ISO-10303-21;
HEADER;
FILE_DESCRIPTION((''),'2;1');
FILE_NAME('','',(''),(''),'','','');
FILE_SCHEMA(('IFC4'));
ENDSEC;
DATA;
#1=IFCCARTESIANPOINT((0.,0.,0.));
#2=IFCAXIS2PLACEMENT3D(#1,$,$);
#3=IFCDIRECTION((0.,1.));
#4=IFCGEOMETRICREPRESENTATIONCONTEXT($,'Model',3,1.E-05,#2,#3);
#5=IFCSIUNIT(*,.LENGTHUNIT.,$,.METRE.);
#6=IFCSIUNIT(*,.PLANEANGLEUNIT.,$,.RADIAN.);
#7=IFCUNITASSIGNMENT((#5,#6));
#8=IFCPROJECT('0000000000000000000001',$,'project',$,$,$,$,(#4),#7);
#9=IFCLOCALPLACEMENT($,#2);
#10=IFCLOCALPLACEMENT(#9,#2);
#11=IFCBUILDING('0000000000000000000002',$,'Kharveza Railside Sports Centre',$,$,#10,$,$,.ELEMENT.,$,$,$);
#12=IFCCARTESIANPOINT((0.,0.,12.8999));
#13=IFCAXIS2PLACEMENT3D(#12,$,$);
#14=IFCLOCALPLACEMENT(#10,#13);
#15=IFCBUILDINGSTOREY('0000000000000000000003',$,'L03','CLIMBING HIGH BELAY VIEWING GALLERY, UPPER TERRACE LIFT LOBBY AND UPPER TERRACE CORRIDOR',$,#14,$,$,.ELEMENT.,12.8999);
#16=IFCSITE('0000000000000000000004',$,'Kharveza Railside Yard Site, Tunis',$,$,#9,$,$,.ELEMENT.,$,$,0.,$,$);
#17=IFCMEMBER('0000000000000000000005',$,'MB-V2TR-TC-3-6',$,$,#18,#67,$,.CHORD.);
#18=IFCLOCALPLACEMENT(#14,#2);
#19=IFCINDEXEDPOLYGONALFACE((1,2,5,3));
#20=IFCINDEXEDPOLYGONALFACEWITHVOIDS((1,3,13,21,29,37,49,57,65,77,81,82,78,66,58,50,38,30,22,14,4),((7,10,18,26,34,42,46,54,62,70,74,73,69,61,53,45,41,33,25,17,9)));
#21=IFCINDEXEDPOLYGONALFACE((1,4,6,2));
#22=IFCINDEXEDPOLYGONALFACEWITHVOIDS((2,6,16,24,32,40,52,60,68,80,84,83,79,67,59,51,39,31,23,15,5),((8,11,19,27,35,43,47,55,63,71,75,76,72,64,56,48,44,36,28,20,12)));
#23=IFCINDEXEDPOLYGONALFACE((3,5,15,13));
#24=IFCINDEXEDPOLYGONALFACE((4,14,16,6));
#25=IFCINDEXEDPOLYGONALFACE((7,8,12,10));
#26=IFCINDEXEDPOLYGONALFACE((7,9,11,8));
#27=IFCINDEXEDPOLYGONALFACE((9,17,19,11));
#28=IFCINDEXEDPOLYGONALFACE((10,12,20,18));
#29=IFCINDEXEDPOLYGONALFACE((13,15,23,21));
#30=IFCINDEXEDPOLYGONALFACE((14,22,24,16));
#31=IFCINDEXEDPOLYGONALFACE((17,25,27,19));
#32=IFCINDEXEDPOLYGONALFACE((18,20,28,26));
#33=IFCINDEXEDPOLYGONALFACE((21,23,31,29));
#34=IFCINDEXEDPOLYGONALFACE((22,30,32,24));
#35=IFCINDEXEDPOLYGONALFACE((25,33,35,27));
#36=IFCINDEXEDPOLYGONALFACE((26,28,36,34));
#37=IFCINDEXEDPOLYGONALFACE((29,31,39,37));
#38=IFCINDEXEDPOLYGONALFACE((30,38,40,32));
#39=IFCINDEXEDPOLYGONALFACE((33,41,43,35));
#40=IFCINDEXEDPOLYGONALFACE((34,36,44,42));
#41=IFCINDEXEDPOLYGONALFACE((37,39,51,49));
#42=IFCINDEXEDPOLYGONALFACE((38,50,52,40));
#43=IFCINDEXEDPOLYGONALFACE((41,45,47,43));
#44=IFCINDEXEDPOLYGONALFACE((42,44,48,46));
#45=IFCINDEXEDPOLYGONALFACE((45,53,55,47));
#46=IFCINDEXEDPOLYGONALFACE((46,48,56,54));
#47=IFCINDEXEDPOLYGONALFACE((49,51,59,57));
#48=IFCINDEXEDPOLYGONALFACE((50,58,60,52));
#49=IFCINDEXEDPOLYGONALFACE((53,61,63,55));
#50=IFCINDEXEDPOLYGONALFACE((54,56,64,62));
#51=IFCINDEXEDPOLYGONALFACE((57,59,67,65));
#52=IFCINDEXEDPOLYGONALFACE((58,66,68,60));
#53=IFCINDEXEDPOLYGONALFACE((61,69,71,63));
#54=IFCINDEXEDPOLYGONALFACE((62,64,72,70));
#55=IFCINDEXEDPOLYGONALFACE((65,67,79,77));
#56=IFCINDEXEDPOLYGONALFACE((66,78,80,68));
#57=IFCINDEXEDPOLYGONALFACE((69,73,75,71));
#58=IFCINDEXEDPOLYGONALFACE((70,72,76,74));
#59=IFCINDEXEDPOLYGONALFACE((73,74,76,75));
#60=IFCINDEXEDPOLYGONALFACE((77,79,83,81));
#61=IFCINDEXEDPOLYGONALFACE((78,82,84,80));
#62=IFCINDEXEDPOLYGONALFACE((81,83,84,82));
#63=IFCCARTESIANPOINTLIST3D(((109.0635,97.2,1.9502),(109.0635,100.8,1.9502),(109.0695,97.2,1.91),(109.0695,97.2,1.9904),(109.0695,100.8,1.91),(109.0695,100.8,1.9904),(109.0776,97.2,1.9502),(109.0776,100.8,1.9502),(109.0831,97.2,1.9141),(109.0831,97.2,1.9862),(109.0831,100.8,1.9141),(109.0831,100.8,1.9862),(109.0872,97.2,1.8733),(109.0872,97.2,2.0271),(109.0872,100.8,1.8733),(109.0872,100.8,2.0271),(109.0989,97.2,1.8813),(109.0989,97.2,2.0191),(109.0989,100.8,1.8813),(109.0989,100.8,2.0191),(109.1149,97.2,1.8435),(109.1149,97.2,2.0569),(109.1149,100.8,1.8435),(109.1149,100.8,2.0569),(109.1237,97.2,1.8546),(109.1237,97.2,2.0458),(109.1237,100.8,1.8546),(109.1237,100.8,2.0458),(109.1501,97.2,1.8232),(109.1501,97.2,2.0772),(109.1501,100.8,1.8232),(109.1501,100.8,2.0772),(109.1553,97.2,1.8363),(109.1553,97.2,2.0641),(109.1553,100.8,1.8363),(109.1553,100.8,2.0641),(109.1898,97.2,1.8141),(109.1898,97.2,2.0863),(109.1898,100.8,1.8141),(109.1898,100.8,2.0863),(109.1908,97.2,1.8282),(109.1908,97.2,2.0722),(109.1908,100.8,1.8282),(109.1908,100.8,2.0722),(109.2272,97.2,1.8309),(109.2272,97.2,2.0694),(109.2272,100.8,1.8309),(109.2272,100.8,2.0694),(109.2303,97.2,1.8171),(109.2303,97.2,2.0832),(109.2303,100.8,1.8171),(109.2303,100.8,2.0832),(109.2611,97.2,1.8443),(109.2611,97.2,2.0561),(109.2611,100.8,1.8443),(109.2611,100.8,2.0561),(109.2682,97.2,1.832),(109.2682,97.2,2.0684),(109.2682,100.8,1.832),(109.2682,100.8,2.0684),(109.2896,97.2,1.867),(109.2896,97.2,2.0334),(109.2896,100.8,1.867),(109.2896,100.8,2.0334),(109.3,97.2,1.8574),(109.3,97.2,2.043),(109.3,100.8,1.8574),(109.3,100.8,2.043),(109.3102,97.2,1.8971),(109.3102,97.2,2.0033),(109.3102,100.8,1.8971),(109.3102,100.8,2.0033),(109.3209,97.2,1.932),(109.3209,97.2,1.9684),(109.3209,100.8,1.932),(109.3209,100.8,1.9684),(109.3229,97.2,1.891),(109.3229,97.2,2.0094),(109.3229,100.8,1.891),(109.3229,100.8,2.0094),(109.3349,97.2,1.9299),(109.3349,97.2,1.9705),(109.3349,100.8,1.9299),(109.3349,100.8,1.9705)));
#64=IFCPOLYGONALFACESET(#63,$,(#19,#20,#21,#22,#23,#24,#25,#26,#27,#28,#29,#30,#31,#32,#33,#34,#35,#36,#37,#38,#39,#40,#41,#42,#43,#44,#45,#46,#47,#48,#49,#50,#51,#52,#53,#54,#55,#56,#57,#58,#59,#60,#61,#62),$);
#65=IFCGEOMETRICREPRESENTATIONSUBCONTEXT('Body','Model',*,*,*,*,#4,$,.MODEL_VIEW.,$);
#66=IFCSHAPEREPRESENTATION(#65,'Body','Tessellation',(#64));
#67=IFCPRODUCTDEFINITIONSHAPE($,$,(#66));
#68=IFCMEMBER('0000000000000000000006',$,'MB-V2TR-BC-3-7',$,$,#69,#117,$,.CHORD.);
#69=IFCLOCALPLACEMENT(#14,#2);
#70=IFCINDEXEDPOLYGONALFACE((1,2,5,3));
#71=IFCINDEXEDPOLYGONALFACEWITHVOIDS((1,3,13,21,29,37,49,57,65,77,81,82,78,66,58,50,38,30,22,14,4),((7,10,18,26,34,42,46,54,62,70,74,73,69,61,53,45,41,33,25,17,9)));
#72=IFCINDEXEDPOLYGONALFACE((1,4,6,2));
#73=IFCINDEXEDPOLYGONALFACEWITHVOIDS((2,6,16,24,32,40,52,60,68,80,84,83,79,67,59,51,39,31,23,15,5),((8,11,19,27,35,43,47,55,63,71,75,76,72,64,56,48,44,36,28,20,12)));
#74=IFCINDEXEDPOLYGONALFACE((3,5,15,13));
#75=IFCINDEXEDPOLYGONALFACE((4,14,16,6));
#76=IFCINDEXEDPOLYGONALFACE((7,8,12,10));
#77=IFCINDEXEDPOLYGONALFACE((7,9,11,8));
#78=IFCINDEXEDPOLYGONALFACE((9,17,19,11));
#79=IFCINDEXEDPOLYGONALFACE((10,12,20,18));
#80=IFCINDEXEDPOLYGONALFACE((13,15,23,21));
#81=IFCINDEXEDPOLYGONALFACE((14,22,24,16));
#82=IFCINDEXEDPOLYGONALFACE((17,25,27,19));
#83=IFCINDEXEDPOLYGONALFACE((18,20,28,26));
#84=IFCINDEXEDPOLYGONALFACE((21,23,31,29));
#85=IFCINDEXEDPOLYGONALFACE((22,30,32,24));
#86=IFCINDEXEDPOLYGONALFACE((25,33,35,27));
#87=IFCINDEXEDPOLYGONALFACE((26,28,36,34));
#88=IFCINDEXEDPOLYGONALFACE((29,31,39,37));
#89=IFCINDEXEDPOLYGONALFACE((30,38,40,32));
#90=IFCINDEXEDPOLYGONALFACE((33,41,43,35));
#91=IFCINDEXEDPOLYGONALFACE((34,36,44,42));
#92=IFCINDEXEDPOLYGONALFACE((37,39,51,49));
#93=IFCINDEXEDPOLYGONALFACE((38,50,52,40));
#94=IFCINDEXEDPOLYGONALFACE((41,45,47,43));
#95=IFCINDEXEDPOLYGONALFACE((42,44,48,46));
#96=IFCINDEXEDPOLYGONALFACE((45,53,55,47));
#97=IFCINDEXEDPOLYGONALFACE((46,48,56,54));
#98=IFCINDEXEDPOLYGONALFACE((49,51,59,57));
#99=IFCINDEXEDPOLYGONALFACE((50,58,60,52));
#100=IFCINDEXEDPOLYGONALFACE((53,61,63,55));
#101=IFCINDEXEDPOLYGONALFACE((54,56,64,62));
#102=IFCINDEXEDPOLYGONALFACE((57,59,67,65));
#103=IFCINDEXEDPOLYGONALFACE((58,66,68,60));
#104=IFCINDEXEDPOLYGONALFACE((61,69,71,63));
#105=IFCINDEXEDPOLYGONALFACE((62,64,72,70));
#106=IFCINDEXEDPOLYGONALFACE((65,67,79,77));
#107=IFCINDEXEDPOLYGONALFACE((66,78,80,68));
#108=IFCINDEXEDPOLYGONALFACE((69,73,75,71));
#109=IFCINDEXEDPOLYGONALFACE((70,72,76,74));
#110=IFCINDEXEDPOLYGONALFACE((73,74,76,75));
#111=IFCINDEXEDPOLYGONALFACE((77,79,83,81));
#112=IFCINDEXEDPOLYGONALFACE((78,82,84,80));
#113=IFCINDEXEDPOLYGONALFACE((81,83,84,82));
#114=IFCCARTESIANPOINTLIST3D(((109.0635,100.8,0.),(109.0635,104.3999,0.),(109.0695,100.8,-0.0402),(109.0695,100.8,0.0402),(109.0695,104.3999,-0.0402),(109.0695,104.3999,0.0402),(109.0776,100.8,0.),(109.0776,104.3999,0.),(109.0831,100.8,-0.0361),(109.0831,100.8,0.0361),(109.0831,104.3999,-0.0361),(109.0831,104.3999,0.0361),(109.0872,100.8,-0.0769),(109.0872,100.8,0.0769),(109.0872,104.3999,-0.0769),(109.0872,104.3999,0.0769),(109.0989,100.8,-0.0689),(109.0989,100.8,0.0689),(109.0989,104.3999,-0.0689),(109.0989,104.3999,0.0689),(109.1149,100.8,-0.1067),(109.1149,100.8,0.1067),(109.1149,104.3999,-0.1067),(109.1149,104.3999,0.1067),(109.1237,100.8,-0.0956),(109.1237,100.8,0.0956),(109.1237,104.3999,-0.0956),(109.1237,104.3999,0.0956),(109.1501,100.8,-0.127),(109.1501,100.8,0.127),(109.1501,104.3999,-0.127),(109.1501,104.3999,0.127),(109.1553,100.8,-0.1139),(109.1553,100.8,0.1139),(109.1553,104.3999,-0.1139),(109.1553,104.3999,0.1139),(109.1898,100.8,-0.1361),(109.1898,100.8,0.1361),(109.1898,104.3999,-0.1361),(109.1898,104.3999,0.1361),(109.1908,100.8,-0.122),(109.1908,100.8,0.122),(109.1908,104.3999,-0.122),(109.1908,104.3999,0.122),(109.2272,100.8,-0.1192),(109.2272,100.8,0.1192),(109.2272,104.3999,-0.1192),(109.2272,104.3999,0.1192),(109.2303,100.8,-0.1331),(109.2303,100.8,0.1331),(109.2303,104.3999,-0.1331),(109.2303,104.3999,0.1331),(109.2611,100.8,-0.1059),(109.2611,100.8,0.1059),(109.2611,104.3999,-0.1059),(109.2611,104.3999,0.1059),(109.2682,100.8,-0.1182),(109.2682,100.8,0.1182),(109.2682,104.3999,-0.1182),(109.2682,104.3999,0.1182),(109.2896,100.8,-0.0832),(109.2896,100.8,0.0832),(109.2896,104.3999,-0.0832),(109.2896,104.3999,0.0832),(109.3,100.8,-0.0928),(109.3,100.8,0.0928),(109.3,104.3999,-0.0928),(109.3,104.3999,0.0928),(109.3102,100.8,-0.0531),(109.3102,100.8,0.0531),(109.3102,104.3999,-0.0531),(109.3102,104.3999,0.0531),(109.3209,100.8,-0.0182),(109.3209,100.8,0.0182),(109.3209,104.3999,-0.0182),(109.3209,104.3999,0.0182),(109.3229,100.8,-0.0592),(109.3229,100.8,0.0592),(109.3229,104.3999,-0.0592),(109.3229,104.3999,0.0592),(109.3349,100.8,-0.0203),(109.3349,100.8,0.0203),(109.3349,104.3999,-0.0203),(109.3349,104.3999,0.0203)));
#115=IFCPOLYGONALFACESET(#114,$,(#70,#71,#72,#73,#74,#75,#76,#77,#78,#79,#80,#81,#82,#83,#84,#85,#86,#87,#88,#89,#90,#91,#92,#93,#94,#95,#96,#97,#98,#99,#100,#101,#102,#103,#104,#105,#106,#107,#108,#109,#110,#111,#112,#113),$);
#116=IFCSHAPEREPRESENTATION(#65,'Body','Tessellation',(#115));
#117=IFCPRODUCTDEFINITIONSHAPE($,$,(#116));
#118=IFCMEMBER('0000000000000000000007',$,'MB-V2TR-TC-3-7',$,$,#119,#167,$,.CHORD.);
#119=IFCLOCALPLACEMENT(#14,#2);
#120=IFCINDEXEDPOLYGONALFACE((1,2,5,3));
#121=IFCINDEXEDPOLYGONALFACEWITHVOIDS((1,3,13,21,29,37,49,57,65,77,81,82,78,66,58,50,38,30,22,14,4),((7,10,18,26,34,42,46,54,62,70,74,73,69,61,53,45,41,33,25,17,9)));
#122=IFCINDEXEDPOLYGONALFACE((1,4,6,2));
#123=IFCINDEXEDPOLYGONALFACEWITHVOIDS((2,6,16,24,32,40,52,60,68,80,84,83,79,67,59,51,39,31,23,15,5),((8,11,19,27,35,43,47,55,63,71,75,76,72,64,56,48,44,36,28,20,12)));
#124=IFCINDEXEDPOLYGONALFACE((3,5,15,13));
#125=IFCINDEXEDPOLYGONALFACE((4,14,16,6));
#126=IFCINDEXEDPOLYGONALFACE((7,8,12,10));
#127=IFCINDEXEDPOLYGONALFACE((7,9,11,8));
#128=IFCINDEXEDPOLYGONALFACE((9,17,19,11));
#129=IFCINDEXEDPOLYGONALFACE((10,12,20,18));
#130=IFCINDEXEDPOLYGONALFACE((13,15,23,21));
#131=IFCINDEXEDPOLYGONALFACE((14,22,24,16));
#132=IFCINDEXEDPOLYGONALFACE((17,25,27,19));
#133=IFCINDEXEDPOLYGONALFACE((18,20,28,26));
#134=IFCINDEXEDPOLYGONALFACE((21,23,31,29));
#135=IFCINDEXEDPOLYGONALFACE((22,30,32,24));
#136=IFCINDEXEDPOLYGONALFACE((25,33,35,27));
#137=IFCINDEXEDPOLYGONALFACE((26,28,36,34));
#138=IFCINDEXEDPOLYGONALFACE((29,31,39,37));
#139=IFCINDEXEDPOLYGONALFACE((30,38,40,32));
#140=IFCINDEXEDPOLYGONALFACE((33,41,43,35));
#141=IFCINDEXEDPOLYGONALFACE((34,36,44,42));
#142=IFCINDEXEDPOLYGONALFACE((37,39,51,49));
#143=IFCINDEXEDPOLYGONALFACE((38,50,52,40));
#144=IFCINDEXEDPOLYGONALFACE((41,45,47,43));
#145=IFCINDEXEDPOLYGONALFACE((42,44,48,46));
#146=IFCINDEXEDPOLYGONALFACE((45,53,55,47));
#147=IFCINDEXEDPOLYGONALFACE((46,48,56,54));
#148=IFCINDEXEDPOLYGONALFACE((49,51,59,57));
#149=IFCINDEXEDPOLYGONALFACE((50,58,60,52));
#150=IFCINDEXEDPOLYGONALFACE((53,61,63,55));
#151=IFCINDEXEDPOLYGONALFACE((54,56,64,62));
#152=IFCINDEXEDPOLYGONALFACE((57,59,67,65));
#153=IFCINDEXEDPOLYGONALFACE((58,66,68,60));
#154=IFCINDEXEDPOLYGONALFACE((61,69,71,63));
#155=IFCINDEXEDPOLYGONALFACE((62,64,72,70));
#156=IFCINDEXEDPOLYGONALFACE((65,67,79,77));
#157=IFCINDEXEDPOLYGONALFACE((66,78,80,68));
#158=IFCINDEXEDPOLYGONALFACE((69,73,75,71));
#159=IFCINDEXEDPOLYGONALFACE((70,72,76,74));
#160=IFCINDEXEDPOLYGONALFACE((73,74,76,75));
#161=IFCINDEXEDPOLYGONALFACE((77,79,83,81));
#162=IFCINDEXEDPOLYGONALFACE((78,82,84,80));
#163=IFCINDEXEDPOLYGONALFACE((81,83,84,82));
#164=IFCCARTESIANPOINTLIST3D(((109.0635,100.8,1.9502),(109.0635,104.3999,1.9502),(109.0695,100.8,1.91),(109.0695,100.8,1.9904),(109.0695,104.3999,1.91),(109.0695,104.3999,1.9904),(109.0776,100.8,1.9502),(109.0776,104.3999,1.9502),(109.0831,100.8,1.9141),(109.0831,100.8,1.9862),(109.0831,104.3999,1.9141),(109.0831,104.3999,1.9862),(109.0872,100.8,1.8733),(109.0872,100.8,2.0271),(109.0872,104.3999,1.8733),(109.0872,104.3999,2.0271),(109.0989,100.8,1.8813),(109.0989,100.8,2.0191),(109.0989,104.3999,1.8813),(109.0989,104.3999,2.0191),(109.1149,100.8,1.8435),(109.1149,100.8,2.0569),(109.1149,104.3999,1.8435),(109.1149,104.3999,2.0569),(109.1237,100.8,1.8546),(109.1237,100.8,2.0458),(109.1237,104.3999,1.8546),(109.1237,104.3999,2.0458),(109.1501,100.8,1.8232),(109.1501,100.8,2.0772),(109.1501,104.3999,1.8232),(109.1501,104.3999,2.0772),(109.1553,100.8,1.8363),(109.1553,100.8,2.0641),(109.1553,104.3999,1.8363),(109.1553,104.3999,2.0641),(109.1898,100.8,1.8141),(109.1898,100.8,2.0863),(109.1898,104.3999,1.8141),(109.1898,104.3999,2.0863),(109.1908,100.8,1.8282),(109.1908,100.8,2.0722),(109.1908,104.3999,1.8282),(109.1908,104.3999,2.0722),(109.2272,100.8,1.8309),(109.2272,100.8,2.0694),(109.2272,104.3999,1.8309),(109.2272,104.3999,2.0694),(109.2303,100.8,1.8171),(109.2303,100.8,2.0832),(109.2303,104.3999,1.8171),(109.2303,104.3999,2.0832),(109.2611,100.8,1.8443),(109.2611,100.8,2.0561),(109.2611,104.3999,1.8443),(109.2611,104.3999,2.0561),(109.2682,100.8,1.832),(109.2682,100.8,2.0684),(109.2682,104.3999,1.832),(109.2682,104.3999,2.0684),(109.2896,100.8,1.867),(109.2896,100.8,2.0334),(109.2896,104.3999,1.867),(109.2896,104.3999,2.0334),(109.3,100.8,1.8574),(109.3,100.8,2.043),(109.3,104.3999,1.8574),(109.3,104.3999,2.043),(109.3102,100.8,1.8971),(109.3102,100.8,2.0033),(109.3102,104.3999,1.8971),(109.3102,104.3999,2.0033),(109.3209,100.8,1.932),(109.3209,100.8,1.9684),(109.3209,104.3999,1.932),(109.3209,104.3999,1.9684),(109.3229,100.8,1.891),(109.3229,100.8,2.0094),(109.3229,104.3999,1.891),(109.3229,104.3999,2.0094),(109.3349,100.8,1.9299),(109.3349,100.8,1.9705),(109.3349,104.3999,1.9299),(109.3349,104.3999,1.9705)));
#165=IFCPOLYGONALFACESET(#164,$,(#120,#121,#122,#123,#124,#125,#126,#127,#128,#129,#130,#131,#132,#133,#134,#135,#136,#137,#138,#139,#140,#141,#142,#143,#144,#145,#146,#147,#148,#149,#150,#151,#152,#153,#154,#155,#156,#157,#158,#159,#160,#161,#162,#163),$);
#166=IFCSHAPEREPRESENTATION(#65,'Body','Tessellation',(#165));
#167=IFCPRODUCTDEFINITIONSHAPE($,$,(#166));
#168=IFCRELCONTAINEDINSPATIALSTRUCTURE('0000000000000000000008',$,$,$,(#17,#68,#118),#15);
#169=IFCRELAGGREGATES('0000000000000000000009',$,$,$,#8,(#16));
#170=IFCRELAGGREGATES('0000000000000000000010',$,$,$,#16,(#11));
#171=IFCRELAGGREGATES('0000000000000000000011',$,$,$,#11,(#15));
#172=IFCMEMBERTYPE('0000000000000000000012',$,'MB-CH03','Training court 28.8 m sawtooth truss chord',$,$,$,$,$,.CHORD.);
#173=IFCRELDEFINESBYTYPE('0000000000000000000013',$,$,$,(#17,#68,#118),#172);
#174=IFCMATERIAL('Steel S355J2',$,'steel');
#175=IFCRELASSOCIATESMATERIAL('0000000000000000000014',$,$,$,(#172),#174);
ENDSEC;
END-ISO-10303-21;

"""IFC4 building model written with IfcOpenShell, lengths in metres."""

from ifc_helpers import new_model, si_unit, direction, frame, origin, origin_2d, place, context, subcontext, project, spatial, hollow_circle, extrude, material, material_profile, profile_set, type_object, element, save


model = new_model("IFC4")

# Units and contexts
model_context = context("Model", 3, precision=1e-05, world=origin(), true_north=direction((0.0, 1.0)))
body_context = subcontext(model_context, "Body", "Model", "MODEL_VIEW")
ifc_project = project(units=[si_unit("LENGTHUNIT", "METRE"), si_unit("PLANEANGLEUNIT", "RADIAN")], contexts=[model_context])

# Site, building, storey
site_placement = place(None, origin())
site = spatial("IfcSite", under=ifc_project, at=site_placement, Name="Kharveza Railside Yard Site, Tunis", CompositionType="ELEMENT", RefElevation=0.0)
building_placement = place(site_placement, origin())
building = spatial("IfcBuilding", under=site, at=building_placement, Name="Kharveza Railside Sports Centre", CompositionType="ELEMENT")
storey_placement = place(building_placement, frame((0.0, 0.0, 12.8999)))
storey = spatial("IfcBuildingStorey", under=building, at=storey_placement, Name="L03", Description="CLIMBING HIGH BELAY VIEWING GALLERY, UPPER TERRACE LIFT LOBBY AND UPPER TERRACE CORRIDOR", CompositionType="ELEMENT", Elevation=12.8999)

# Shared definitions
ifc_material_1 = material(Name="Steel S355J2", Category="steel")

# Members
ifc_material_profile_1 = material_profile(ifc_material_1, hollow_circle(Radius=0.1365, WallThickness=0.0142, at=origin_2d()), Name="CHS 273.0x14.2")
ifc_profile_set_1 = profile_set([ifc_material_profile_1], Name="Steel S355J2")
member_type_1 = type_object("IfcMemberType", Name="MB-CH03", Description="Training court 28.8 m sawtooth truss chord", PredefinedType="CHORD", material=ifc_profile_set_1)
for number, where, z_axis, x_axis, name in (
    (1, (109.2, 97.2, 1.9502), (0.0, 1.0, 0.0), (-1.0, 0.0, 0.0), "MB-V2TR-TC-3-6"),
):
    element("IfcMember", number, at=place(storey_placement, frame(where, z_axis=z_axis, x_axis=x_axis)), inside=storey, type_object=member_type_1, Name=name, PredefinedType="CHORD", context=body_context, shape_type="SweptSolid", body=[
        extrude(hollow_circle(Radius=0.1365, WallThickness=0.0142, at=origin_2d()), origin(), (0.0, 0.0, 1.0), 3.6001),
    ])
for number, where, z_axis, x_axis, name in (
    (2, (109.2, 100.8, 0.0), (0.0, 1.0, 0.0), (-1.0, 0.0, 0.0), "MB-V2TR-BC-3-7"),
    (3, (109.2, 100.8, 1.9502), (0.0, 1.0, 0.0), (-1.0, 0.0, 0.0), "MB-V2TR-TC-3-7"),
):
    element("IfcMember", number, at=place(storey_placement, frame(where, z_axis=z_axis, x_axis=x_axis)), inside=storey, type_object=member_type_1, Name=name, PredefinedType="CHORD", context=body_context, shape_type="SweptSolid", body=[
        extrude(hollow_circle(Radius=0.1365, WallThickness=0.0142, at=origin_2d()), origin(), (0.0, 0.0, 1.0), 3.5999),
    ])

save(model, "model.ifc")
